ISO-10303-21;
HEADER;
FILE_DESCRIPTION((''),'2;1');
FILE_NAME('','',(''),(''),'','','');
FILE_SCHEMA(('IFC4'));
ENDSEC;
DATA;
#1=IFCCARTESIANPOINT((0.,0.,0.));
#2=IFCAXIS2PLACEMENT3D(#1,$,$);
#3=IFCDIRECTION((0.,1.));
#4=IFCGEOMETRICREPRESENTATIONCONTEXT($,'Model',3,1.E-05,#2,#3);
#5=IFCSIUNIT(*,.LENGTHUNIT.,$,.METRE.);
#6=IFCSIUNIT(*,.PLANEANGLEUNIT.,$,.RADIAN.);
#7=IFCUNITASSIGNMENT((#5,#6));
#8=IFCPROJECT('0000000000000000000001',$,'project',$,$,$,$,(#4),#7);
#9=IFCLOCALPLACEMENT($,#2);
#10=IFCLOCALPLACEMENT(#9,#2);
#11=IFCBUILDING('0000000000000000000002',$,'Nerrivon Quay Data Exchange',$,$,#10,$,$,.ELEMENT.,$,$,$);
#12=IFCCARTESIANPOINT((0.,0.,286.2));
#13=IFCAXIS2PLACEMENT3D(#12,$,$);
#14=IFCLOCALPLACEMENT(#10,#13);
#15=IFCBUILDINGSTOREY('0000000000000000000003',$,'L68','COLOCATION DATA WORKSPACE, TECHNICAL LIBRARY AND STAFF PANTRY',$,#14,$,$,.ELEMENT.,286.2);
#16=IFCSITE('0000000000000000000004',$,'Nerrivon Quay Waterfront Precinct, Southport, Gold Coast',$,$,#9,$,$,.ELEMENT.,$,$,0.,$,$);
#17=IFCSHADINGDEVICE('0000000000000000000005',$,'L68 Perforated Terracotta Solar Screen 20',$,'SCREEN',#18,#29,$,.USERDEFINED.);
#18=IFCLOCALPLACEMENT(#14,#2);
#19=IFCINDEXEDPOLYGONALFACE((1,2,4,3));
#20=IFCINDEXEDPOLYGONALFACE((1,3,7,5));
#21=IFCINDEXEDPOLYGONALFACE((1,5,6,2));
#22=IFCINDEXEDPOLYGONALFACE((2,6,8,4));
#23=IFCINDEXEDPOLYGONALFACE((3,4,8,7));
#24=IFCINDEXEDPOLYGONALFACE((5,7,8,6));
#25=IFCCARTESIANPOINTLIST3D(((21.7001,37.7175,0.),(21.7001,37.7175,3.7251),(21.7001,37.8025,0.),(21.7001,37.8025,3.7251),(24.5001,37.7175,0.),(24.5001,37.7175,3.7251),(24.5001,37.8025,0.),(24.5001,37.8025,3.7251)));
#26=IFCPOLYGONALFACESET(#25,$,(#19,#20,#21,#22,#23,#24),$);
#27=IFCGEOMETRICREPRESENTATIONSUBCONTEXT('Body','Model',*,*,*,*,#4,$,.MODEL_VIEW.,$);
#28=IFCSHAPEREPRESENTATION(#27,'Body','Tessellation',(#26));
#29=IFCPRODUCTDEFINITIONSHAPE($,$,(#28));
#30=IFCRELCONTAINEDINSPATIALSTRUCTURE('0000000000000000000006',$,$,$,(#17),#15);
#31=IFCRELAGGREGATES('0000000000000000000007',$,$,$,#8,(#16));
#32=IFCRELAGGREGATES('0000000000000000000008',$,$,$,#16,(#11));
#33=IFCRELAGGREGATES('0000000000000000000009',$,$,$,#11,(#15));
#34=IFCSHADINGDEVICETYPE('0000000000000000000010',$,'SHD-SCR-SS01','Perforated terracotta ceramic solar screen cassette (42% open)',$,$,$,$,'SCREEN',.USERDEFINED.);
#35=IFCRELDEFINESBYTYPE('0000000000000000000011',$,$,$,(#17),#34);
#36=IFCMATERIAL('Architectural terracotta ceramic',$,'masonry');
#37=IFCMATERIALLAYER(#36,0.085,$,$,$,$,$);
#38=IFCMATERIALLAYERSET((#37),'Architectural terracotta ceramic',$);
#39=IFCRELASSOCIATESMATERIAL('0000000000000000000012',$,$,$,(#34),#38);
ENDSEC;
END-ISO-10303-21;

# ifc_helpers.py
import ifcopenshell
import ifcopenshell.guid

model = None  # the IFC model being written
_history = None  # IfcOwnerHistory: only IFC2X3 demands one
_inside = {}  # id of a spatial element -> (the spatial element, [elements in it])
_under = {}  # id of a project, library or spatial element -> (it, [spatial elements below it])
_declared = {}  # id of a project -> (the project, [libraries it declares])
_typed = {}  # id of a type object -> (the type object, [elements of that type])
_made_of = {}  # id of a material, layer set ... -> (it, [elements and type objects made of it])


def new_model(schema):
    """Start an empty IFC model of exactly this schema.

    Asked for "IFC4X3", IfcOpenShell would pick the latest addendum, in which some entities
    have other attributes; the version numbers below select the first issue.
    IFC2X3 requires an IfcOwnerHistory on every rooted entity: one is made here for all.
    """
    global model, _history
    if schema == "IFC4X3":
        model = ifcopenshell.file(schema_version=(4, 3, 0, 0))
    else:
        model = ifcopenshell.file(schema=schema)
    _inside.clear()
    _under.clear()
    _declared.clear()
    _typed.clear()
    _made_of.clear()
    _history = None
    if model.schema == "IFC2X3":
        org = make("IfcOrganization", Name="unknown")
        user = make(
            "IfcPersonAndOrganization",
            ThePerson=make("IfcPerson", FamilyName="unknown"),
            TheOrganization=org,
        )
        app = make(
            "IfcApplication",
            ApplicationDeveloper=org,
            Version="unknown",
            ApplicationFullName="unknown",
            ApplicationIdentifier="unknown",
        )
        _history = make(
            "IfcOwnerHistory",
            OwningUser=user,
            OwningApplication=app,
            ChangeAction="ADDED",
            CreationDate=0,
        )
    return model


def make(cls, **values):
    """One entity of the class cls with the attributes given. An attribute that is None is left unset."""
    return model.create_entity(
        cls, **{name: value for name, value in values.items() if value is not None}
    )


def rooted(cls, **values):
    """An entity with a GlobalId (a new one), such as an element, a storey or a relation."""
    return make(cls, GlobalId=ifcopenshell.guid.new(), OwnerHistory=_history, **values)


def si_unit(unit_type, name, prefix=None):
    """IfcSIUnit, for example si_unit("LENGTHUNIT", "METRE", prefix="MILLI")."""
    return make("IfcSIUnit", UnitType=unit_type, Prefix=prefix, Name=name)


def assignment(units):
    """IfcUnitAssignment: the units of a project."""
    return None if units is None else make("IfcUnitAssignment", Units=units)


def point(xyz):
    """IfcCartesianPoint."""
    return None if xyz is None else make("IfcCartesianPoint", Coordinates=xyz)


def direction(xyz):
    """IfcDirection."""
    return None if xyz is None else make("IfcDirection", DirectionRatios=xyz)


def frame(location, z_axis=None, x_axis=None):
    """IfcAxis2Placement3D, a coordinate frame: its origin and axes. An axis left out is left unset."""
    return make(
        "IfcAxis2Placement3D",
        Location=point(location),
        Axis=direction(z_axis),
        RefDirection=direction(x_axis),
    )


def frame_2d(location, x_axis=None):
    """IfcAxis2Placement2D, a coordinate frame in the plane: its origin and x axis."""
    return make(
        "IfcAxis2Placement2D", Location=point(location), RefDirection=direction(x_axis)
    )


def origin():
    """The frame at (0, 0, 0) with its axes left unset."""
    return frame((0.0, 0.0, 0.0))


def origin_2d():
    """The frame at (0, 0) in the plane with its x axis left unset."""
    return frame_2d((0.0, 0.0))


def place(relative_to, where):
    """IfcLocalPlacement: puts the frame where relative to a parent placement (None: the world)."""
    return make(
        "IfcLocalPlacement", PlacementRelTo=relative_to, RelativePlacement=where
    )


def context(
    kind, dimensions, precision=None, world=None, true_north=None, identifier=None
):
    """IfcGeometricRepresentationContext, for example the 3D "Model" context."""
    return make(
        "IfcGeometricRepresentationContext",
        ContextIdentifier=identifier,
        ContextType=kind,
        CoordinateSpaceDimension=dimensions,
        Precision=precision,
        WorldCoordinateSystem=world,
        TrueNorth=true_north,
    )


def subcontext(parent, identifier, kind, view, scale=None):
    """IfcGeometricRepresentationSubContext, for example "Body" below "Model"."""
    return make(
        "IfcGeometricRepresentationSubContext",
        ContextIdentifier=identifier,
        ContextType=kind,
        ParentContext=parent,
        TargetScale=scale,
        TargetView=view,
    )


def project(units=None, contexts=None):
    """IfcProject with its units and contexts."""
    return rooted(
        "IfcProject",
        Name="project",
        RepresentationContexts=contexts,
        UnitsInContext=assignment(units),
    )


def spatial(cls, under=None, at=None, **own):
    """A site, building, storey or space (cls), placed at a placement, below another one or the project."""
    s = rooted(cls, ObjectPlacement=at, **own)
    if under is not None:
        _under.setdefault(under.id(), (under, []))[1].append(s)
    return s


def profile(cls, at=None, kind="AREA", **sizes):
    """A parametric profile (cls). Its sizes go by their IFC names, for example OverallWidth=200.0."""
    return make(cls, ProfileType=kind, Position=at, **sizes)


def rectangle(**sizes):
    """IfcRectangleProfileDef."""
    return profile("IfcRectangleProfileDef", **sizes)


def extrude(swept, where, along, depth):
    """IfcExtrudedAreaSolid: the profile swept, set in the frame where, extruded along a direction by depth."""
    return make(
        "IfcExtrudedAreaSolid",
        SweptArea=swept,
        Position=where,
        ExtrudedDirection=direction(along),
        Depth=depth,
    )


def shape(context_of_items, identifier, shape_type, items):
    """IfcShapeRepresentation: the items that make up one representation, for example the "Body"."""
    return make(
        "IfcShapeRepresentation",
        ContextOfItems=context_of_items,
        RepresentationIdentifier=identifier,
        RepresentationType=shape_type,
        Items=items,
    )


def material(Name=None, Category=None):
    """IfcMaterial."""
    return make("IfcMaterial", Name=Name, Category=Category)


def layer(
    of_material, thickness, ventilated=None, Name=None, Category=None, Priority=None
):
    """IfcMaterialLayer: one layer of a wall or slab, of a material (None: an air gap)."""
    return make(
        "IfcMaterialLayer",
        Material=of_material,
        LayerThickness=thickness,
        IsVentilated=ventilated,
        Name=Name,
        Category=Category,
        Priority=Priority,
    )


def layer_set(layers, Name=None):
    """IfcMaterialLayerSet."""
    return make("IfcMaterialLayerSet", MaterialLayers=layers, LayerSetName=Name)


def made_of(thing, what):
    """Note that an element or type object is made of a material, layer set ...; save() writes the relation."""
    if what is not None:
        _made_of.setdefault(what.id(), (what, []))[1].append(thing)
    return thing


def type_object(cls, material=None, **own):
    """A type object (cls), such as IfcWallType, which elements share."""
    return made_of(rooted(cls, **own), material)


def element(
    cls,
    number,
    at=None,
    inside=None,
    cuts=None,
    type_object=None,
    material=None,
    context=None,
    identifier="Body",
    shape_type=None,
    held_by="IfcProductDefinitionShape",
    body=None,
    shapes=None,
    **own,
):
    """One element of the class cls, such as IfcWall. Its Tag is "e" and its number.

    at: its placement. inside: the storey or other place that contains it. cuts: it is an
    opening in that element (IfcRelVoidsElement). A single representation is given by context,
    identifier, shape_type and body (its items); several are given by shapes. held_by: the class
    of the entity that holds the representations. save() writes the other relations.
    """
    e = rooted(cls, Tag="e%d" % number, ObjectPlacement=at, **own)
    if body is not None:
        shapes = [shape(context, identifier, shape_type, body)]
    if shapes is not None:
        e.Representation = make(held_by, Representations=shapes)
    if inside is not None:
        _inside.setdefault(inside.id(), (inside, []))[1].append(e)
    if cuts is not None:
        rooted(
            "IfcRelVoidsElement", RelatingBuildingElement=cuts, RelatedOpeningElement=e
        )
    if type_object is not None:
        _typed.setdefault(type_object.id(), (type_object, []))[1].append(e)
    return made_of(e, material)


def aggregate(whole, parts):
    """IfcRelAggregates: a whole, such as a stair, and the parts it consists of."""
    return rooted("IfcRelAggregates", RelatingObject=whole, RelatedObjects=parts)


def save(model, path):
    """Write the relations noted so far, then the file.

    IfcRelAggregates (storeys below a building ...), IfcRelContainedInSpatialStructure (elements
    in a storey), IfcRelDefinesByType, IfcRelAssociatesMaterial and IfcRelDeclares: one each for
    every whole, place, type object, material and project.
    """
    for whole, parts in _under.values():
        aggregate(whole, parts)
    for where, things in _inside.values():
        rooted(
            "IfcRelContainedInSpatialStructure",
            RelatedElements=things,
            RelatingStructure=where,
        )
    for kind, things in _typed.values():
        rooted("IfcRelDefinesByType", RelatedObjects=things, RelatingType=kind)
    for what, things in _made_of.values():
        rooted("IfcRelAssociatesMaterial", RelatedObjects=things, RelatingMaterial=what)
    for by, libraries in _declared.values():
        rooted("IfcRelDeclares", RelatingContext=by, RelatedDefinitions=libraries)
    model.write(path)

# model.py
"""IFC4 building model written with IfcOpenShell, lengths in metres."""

from ifc_helpers import new_model, si_unit, direction, frame, origin, origin_2d, place, context, subcontext, project, spatial, rectangle, extrude, material, layer, layer_set, type_object, element, save


model = new_model("IFC4")

# Units and contexts
model_context = context("Model", 3, precision=1e-05, world=origin(), true_north=direction((0.0, 1.0)))
body_context = subcontext(model_context, "Body", "Model", "MODEL_VIEW")
ifc_project = project(units=[si_unit("LENGTHUNIT", "METRE"), si_unit("PLANEANGLEUNIT", "RADIAN")], contexts=[model_context])

# Site, building, storey
site_placement = place(None, origin())
site = spatial("IfcSite", under=ifc_project, at=site_placement, Name="Nerrivon Quay Waterfront Precinct, Southport, Gold Coast", CompositionType="ELEMENT", RefElevation=0.0)
building_placement = place(site_placement, origin())
building = spatial("IfcBuilding", under=site, at=building_placement, Name="Nerrivon Quay Data Exchange", CompositionType="ELEMENT")
storey_placement = place(building_placement, frame((0.0, 0.0, 286.2)))
storey = spatial("IfcBuildingStorey", under=building, at=storey_placement, Name="L68", Description="COLOCATION DATA WORKSPACE, TECHNICAL LIBRARY AND STAFF PANTRY", CompositionType="ELEMENT", Elevation=286.2)

# Shared definitions
ifc_material_1 = material(Name="Architectural terracotta ceramic", Category="masonry")

# Shading device
ifc_layer_1 = layer(ifc_material_1, 0.085)
ifc_layer_set_1 = layer_set([ifc_layer_1], Name="Architectural terracotta ceramic")
shading_device_type_1 = type_object("IfcShadingDeviceType", Name="SHD-SCR-SS01", Description="Perforated terracotta ceramic solar screen cassette (42% open)", ElementType="SCREEN", PredefinedType="USERDEFINED", material=ifc_layer_set_1)
for number, where, z_axis, x_axis, name in (
    (1, (23.1001, 37.76, 0.0), (0.0, 0.0, 1.0), (1.0, 0.0, 0.0), "L68 Perforated Terracotta Solar Screen 20"),
):
    element("IfcShadingDevice", number, at=place(storey_placement, frame(where, z_axis=z_axis, x_axis=x_axis)), inside=storey, type_object=shading_device_type_1, Name=name, ObjectType="SCREEN", PredefinedType="USERDEFINED", context=body_context, shape_type="SweptSolid", body=[
        extrude(rectangle(XDim=2.8, YDim=0.085, at=origin_2d()), origin(), (0.0, 0.0, 1.0), 3.7251),
    ])

save(model, "model.ifc")
